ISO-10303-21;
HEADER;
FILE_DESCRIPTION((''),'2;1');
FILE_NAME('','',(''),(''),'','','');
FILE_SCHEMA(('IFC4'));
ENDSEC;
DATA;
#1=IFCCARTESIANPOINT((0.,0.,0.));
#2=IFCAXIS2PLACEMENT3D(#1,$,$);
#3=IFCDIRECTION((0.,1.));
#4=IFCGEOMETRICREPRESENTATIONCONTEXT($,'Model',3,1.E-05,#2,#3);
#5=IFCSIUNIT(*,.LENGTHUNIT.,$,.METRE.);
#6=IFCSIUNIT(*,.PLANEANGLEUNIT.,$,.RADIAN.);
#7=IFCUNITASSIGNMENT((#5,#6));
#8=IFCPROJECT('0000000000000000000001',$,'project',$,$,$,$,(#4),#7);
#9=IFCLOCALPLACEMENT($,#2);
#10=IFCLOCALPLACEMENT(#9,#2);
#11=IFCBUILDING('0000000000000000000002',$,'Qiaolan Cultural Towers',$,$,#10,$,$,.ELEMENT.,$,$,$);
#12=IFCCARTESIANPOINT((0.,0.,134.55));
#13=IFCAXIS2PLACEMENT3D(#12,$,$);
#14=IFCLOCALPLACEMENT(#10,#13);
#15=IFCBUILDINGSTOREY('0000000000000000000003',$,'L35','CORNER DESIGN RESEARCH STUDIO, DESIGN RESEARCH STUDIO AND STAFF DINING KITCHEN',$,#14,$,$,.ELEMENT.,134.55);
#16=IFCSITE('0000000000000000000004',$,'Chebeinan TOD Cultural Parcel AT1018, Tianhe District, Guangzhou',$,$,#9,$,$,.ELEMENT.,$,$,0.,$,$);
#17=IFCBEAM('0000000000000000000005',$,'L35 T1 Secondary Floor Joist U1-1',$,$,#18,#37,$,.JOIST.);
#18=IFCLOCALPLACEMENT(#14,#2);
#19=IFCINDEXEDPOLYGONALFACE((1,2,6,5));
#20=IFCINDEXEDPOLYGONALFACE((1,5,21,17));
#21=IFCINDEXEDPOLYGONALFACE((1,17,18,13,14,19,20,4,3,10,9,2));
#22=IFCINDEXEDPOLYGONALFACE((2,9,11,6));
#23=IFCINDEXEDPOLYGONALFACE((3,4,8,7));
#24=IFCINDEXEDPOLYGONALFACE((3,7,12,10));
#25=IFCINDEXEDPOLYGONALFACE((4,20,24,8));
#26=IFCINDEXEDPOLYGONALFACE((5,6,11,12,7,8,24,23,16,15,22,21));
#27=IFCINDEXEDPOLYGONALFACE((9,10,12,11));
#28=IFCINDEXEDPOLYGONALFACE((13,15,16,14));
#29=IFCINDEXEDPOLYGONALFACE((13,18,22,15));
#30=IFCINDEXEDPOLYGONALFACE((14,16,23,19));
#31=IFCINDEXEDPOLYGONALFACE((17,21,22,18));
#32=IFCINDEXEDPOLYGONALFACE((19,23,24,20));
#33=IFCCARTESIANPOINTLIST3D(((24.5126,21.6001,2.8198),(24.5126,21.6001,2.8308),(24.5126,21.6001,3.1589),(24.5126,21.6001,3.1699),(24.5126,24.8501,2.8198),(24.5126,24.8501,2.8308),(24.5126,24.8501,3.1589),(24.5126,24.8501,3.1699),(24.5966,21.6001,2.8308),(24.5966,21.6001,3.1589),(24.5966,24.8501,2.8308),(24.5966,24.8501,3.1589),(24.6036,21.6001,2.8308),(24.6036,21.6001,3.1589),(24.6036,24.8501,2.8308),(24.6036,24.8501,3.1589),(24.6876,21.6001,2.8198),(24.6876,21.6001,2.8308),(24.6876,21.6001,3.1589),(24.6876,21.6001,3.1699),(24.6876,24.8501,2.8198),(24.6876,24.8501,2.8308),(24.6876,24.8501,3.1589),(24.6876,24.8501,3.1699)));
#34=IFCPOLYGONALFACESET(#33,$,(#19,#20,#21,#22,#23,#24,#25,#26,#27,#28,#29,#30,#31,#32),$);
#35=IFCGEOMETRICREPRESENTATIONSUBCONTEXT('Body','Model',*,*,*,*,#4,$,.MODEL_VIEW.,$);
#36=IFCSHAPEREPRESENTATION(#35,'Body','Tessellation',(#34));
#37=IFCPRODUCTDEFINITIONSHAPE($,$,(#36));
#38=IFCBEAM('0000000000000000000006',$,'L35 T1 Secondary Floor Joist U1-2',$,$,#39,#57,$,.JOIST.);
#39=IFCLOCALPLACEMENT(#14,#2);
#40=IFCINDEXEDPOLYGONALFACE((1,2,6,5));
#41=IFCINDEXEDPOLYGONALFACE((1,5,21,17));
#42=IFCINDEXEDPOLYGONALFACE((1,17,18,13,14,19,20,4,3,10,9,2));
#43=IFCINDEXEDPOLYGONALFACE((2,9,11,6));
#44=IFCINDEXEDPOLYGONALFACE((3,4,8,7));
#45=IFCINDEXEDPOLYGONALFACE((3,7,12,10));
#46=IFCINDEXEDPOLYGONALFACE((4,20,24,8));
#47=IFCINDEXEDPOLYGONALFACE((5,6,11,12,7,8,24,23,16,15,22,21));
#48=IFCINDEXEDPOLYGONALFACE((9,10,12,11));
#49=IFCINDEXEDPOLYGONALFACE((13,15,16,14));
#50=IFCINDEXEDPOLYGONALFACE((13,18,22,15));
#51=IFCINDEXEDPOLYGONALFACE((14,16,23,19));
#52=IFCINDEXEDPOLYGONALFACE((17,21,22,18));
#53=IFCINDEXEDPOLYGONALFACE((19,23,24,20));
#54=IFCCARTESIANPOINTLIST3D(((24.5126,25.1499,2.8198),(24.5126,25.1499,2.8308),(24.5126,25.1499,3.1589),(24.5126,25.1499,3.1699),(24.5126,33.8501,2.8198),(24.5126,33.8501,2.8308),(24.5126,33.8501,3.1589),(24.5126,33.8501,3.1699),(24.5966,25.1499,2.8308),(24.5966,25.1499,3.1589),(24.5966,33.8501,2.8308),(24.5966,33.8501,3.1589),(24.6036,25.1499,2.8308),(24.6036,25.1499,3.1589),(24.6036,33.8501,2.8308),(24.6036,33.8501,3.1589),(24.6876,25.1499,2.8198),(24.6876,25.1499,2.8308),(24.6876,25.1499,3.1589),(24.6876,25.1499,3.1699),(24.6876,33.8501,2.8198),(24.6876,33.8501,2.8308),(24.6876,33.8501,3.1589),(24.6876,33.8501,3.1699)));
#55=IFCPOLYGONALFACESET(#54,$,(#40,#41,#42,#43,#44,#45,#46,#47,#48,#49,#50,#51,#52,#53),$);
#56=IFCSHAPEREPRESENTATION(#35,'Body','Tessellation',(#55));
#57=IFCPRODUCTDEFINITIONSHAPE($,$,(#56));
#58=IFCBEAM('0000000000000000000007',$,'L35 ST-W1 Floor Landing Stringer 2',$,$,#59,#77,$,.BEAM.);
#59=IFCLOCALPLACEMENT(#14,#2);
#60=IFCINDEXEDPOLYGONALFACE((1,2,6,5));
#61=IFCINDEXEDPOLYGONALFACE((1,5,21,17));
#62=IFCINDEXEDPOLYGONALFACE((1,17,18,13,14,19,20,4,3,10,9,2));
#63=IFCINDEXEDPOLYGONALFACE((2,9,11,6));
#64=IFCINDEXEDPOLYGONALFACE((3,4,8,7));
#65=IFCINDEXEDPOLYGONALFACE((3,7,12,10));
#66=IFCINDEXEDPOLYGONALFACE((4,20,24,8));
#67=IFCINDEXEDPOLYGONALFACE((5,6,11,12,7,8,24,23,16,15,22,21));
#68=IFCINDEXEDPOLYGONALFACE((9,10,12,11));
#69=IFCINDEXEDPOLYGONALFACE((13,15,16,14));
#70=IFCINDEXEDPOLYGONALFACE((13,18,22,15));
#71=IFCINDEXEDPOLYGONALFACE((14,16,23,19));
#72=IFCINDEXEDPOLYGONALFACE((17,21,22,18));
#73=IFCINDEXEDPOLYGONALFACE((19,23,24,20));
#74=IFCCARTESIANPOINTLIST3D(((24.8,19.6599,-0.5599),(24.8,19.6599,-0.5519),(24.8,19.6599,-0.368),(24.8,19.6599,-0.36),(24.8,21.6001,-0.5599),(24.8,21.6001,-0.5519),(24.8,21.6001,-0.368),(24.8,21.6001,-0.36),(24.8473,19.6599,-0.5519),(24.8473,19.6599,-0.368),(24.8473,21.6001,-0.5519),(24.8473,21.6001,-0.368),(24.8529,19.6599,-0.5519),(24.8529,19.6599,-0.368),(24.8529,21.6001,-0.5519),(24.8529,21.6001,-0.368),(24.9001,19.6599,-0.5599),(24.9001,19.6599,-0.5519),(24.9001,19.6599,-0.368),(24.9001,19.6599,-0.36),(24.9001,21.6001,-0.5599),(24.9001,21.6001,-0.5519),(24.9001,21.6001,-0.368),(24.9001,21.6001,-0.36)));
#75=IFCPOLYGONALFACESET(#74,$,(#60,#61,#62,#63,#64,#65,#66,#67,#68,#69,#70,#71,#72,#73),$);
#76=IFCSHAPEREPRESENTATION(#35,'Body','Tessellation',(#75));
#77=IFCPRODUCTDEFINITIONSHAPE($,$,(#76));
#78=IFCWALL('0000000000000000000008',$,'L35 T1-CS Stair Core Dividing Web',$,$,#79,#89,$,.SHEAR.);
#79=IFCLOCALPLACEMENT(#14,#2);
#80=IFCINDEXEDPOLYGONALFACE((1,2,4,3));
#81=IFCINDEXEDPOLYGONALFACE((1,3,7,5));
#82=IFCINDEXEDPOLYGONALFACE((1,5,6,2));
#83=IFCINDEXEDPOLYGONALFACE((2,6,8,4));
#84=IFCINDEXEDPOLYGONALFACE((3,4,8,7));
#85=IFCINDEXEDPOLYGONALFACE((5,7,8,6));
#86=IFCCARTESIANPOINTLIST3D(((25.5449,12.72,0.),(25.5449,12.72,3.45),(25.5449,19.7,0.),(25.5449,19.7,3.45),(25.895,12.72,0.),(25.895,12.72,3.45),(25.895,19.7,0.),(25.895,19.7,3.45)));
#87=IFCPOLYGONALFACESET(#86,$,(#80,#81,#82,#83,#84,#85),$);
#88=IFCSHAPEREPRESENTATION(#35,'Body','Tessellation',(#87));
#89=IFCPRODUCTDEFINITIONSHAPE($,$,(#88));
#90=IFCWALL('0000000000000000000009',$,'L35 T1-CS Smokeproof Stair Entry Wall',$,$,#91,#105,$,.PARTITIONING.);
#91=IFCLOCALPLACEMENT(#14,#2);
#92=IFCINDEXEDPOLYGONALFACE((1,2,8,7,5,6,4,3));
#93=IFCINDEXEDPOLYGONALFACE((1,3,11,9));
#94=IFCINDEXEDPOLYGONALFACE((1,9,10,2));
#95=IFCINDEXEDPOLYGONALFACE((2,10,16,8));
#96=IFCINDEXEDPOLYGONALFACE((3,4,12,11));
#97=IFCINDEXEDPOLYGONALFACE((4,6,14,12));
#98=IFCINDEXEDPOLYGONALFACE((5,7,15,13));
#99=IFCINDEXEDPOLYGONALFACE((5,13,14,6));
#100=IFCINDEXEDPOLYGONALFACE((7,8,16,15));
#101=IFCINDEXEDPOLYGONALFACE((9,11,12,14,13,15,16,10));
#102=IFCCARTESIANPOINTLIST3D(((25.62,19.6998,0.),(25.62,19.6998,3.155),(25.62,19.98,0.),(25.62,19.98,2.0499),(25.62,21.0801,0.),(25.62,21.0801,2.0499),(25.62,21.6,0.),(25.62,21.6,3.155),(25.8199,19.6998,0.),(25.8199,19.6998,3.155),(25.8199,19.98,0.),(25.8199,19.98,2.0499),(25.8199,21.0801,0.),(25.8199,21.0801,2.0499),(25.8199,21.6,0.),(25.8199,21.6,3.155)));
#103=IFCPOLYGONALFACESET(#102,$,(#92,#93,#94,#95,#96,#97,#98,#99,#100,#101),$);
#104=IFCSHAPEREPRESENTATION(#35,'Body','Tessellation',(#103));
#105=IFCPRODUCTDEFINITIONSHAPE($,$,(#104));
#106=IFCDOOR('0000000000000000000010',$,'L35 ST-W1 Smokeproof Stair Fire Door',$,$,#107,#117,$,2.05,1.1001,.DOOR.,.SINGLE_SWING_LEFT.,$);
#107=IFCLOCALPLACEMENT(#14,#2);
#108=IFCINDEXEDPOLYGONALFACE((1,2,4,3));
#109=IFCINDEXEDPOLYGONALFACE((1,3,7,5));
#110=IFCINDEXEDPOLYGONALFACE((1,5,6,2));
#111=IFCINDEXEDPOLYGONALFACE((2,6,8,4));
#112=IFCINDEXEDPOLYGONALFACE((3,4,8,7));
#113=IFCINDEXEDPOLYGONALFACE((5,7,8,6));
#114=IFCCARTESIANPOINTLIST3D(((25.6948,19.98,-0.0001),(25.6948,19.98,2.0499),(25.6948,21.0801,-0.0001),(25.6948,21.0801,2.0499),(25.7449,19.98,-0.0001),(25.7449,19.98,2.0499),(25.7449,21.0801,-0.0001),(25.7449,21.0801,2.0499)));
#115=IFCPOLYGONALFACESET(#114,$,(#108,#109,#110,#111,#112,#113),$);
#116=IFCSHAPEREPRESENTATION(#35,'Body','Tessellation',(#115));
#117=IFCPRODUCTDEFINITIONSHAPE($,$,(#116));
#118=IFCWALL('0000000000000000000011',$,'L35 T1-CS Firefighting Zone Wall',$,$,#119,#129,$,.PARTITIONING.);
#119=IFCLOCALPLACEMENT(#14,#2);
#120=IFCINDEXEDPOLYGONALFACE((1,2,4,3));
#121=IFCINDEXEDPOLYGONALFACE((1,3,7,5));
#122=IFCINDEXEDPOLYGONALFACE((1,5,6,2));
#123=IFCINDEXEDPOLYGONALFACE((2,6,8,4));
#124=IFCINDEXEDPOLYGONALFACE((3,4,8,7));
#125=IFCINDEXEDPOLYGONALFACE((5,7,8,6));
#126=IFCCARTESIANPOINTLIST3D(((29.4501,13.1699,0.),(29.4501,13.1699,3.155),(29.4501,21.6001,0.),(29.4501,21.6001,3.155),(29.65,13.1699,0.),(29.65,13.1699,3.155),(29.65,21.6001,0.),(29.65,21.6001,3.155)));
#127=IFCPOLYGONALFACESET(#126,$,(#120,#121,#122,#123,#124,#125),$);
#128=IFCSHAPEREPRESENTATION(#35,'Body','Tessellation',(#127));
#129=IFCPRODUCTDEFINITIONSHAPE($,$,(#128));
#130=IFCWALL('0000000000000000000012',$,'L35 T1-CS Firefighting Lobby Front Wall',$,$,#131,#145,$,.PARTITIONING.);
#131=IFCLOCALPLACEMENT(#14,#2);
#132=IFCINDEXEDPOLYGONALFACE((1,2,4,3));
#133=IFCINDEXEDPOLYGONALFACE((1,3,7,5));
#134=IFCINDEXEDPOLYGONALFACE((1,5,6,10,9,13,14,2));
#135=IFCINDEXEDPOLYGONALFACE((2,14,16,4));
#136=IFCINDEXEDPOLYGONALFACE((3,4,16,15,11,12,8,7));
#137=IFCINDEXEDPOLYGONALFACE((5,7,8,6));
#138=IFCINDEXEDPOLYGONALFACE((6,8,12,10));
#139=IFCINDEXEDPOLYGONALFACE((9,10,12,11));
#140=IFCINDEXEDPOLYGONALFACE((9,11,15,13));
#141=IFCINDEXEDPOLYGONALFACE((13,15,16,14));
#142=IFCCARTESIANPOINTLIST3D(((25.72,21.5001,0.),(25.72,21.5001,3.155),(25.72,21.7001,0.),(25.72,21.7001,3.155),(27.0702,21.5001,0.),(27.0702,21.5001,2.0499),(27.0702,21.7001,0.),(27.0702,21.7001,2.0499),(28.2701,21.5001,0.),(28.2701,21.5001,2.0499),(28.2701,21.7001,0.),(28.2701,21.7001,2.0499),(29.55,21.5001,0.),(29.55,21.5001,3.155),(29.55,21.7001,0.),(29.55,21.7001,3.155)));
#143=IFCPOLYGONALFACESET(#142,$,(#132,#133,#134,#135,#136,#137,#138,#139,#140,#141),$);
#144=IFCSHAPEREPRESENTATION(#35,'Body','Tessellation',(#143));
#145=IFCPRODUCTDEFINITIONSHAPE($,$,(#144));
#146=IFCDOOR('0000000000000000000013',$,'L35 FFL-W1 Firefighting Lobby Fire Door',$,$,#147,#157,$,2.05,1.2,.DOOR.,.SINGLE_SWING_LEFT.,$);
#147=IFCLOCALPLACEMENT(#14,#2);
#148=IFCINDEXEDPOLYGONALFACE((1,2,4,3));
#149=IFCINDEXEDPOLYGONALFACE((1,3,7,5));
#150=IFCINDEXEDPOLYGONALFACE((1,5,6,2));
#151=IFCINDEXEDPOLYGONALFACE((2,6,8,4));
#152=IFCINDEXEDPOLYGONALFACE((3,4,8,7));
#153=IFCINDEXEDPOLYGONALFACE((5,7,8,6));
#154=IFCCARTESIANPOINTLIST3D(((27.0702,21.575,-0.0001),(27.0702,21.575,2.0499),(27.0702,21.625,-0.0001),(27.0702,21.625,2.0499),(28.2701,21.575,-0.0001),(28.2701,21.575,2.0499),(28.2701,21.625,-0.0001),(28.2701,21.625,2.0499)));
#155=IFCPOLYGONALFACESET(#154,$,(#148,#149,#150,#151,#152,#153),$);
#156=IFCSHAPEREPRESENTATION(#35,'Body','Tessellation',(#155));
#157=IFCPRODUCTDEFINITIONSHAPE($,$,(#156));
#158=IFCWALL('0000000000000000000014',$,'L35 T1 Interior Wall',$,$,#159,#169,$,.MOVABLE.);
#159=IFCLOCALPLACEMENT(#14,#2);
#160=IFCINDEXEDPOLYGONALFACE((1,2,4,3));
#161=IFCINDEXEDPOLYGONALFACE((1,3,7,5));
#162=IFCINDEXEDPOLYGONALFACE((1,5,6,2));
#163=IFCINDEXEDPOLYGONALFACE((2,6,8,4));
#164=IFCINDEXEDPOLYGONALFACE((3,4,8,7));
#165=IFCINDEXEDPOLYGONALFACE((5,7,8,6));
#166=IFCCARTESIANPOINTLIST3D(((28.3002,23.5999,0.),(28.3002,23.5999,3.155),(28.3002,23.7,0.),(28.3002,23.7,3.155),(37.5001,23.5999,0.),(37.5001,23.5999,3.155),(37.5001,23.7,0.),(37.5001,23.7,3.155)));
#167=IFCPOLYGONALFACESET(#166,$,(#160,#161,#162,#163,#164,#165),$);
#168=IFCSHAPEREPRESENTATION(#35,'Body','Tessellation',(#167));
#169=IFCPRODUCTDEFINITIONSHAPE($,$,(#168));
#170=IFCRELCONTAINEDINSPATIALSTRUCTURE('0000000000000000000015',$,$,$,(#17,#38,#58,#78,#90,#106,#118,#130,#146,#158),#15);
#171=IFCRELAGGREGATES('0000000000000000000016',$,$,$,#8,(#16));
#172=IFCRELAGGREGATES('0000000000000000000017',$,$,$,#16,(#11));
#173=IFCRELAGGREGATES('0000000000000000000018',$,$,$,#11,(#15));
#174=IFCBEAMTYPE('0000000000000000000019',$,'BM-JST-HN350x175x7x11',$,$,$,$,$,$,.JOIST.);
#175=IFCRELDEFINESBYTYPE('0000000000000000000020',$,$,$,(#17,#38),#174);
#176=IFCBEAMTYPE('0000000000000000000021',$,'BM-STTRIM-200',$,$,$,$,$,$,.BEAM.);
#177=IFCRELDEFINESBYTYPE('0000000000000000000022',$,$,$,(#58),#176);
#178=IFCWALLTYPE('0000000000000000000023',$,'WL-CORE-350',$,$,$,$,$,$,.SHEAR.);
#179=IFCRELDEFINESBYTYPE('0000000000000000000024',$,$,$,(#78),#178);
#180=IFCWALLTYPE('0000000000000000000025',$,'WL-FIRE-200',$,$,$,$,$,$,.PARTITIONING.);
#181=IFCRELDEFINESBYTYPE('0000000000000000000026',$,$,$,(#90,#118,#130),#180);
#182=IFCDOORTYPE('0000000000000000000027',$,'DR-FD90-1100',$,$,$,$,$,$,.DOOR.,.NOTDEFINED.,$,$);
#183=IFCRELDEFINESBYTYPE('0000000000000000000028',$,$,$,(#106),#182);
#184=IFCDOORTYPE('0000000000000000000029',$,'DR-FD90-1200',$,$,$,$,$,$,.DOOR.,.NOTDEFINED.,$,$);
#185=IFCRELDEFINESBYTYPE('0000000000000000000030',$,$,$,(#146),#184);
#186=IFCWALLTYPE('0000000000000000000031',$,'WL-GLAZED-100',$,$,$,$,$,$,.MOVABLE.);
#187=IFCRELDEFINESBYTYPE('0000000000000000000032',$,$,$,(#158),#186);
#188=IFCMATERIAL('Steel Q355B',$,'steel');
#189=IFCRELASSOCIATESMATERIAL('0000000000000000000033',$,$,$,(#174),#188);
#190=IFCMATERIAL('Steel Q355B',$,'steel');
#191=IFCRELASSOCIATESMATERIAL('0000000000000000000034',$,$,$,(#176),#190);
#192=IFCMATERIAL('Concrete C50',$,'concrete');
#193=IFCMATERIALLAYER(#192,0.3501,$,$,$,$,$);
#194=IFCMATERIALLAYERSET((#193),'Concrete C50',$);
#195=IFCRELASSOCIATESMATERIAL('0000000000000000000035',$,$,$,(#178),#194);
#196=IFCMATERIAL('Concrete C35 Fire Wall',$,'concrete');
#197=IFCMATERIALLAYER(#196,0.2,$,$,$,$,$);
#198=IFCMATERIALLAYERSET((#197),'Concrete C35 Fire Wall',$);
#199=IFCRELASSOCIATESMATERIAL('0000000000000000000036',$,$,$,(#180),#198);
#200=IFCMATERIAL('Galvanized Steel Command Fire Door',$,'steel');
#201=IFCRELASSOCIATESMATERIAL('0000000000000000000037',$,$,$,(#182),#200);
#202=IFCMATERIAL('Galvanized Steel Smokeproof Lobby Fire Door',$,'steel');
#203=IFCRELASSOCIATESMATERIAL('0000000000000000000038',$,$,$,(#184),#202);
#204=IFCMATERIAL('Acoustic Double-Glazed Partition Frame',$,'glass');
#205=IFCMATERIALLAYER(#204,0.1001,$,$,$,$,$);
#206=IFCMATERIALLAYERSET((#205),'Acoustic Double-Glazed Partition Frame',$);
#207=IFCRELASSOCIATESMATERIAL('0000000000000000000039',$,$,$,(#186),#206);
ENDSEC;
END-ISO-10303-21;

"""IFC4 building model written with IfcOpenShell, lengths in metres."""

from ifc_helpers import new_model, si_unit, direction, frame, frame_2d, origin, origin_2d, place, context, subcontext, project, spatial, rectangle, i_section, extrude, material, layer, layer_set, material_profile, profile_set, type_object, element, fill, save


model = new_model("IFC4")

# Units and contexts
model_context = context("Model", 3, precision=1e-05, world=origin(), true_north=direction((0.0, 1.0)))
body_context = subcontext(model_context, "Body", "Model", "MODEL_VIEW")
ifc_project = project(units=[si_unit("LENGTHUNIT", "METRE"), si_unit("PLANEANGLEUNIT", "RADIAN")], contexts=[model_context])

# Site, building, storey
site_placement = place(None, origin())
site = spatial("IfcSite", under=ifc_project, at=site_placement, Name="Chebeinan TOD Cultural Parcel AT1018, Tianhe District, Guangzhou", CompositionType="ELEMENT", RefElevation=0.0)
building_placement = place(site_placement, origin())
building = spatial("IfcBuilding", under=site, at=building_placement, Name="Qiaolan Cultural Towers", CompositionType="ELEMENT")
storey_placement = place(building_placement, frame((0.0, 0.0, 134.55)))
storey = spatial("IfcBuildingStorey", under=building, at=storey_placement, Name="L35", Description="CORNER DESIGN RESEARCH STUDIO, DESIGN RESEARCH STUDIO AND STAFF DINING KITCHEN", CompositionType="ELEMENT", Elevation=134.55)

# Beams
ifc_material_1 = material(Name="Steel Q355B", Category="steel")
ifc_material_profile_1 = material_profile(ifc_material_1, i_section(OverallWidth=0.175, OverallDepth=0.3501, WebThickness=0.0071, FlangeThickness=0.011, at=origin_2d()), Name="HN350x175x7x11")
ifc_profile_set_1 = profile_set([ifc_material_profile_1], Name="Steel Q355B")
beam_type_1 = type_object("IfcBeamType", Name="BM-JST-HN350x175x7x11", PredefinedType="JOIST", material=ifc_profile_set_1)
beam_1_placement = place(storey_placement, frame((24.6001, 21.6001, 2.9949), z_axis=(0.0, 1.0, 0.0), x_axis=(-1.0, 0.0, 0.0)))
element("IfcBeam", 1, at=beam_1_placement, inside=storey, type_object=beam_type_1, Name="L35 T1 Secondary Floor Joist U1-1", PredefinedType="JOIST", context=body_context, shape_type="SweptSolid", body=[
    extrude(i_section(OverallWidth=0.175, OverallDepth=0.3501, WebThickness=0.0071, FlangeThickness=0.011, at=origin_2d()), origin(), (0.0, 0.0, 1.0), 3.25),
])
beam_2_placement = place(storey_placement, frame((24.6001, 25.1499, 2.9949), z_axis=(0.0, 1.0, 0.0), x_axis=(-1.0, 0.0, 0.0)))
element("IfcBeam", 2, at=beam_2_placement, inside=storey, type_object=beam_type_1, Name="L35 T1 Secondary Floor Joist U1-2", PredefinedType="JOIST", context=body_context, shape_type="SweptSolid", body=[
    extrude(i_section(OverallWidth=0.175, OverallDepth=0.3501, WebThickness=0.0071, FlangeThickness=0.011, at=origin_2d()), origin(), (0.0, 0.0, 1.0), 8.7002),
])
ifc_material_2 = material(Name="Steel Q355B", Category="steel")
ifc_material_profile_2 = material_profile(ifc_material_2, i_section(OverallWidth=0.1001, OverallDepth=0.2, WebThickness=0.0056, FlangeThickness=0.0081, at=origin_2d()), Name="HN200x100x5.5x8")
ifc_profile_set_2 = profile_set([ifc_material_profile_2], Name="Steel Q355B")
beam_type_2 = type_object("IfcBeamType", Name="BM-STTRIM-200", PredefinedType="BEAM", material=ifc_profile_set_2)
beam_3_placement = place(storey_placement, frame((24.8501, 21.6001, -0.46), z_axis=(0.0, -1.0, 0.0), x_axis=(1.0, 0.0, 0.0)))
element("IfcBeam", 3, at=beam_3_placement, inside=storey, type_object=beam_type_2, Name="L35 ST-W1 Floor Landing Stringer 2", PredefinedType="BEAM", context=body_context, shape_type="SweptSolid", body=[
    extrude(i_section(OverallWidth=0.1001, OverallDepth=0.2, WebThickness=0.0056, FlangeThickness=0.0081, at=origin_2d()), origin(), (0.0, 0.0, 1.0), 1.9402),
])

# Wall
ifc_material_3 = material(Name="Concrete C50", Category="concrete")
ifc_layer_1 = layer(ifc_material_3, 0.3501)
ifc_layer_set_1 = layer_set([ifc_layer_1], Name="Concrete C50")
wall_type_1 = type_object("IfcWallType", Name="WL-CORE-350", PredefinedType="SHEAR", material=ifc_layer_set_1)
wall_1_placement = place(storey_placement, frame((25.72, 19.7, 0.0), z_axis=(0.0, 0.0, 1.0), x_axis=(0.0, -1.0, 0.0)))
element("IfcWall", 4, at=wall_1_placement, inside=storey, type_object=wall_type_1, Name="L35 T1-CS Stair Core Dividing Web", PredefinedType="SHEAR", context=body_context, shape_type="SweptSolid", body=[
    extrude(rectangle(XDim=6.98, YDim=0.3501, at=frame_2d((3.49, 0.0))), origin(), (0.0, 0.0, 1.0), 3.45),
])

# Wall, opening, door
ifc_material_4 = material(Name="Concrete C35 Fire Wall", Category="concrete")
ifc_layer_2 = layer(ifc_material_4, 0.2)
ifc_layer_set_2 = layer_set([ifc_layer_2], Name="Concrete C35 Fire Wall")
wall_type_2 = type_object("IfcWallType", Name="WL-FIRE-200", PredefinedType="PARTITIONING", material=ifc_layer_set_2)
wall_2_placement = place(storey_placement, frame((25.72, 21.6001, 0.0), z_axis=(0.0, 0.0, 1.0), x_axis=(0.0, -1.0, 0.0)))
wall_2 = element("IfcWall", 5, at=wall_2_placement, inside=storey, type_object=wall_type_2, Name="L35 T1-CS Smokeproof Stair Entry Wall", PredefinedType="PARTITIONING", context=body_context, shape_type="SweptSolid", body=[
    extrude(rectangle(XDim=1.9001, YDim=0.2, at=frame_2d((0.9502, 0.0))), origin(), (0.0, 0.0, 1.0), 3.155),
])
opening_1_placement = place(wall_2_placement, frame((0.52, 0.0, 0.0)))
opening_1 = element("IfcOpeningElement", 6, at=opening_1_placement, cuts=wall_2, PredefinedType="OPENING", context=body_context, shape_type="SweptSolid", body=[
    extrude(rectangle(XDim=1.1001, YDim=2.05, at=frame_2d((0.55, 1.0249))), frame((0.0, 0.1099, 0.0), z_axis=(0.0, -1.0, 0.0), x_axis=(1.0, 0.0, 0.0)), (0.0, 0.0, 1.0), 0.22),
])
ifc_material_5 = material(Name="Galvanized Steel Command Fire Door", Category="steel")
door_type_1 = type_object("IfcDoorType", Name="DR-FD90-1100", OperationType="NOTDEFINED", PredefinedType="DOOR", material=ifc_material_5)
door_1_placement = place(opening_1_placement, origin())
door_1 = element("IfcDoor", 7, at=door_1_placement, inside=storey, type_object=door_type_1, Name="L35 ST-W1 Smokeproof Stair Fire Door", OperationType="SINGLE_SWING_LEFT", OverallHeight=2.05, OverallWidth=1.1001, PredefinedType="DOOR", context=body_context, shape_type="SweptSolid", body=[
    extrude(rectangle(XDim=1.1001, YDim=2.05, at=frame_2d((0.55, 1.0249))), frame((0.0, 0.0249, 0.0), z_axis=(0.0, -1.0, 0.0), x_axis=(1.0, 0.0, 0.0)), (0.0, 0.0, 1.0), 0.05),
])
fill(opening_1, door_1)

# Wall
wall_3_placement = place(storey_placement, frame((29.55, 21.6001, 0.0), z_axis=(0.0, 0.0, 1.0), x_axis=(0.0, -1.0, 0.0)))
element("IfcWall", 8, at=wall_3_placement, inside=storey, type_object=wall_type_2, Name="L35 T1-CS Firefighting Zone Wall", PredefinedType="PARTITIONING", context=body_context, shape_type="SweptSolid", body=[
    extrude(rectangle(XDim=8.4302, YDim=0.2, at=frame_2d((4.2151, 0.0))), origin(), (0.0, 0.0, 1.0), 3.155),
])

# Wall, opening, door
wall_4_placement = place(storey_placement, frame((25.72, 21.6001, 0.0), z_axis=(0.0, 0.0, 1.0), x_axis=(1.0, 0.0, 0.0)))
wall_4 = element("IfcWall", 9, at=wall_4_placement, inside=storey, type_object=wall_type_2, Name="L35 T1-CS Firefighting Lobby Front Wall", PredefinedType="PARTITIONING", context=body_context, shape_type="SweptSolid", body=[
    extrude(rectangle(XDim=3.8301, YDim=0.2, at=frame_2d((1.915, 0.0))), origin(), (0.0, 0.0, 1.0), 3.155),
])
opening_2_placement = place(wall_4_placement, frame((1.3501, 0.0, 0.0)))
opening_2 = element("IfcOpeningElement", 10, at=opening_2_placement, cuts=wall_4, PredefinedType="OPENING", context=body_context, shape_type="SweptSolid", body=[
    extrude(rectangle(XDim=1.2, YDim=2.05, at=frame_2d((0.6001, 1.0249))), frame((0.0, 0.1099, 0.0), z_axis=(0.0, -1.0, 0.0), x_axis=(1.0, 0.0, 0.0)), (0.0, 0.0, 1.0), 0.22),
])
ifc_material_6 = material(Name="Galvanized Steel Smokeproof Lobby Fire Door", Category="steel")
door_type_2 = type_object("IfcDoorType", Name="DR-FD90-1200", OperationType="NOTDEFINED", PredefinedType="DOOR", material=ifc_material_6)
door_2_placement = place(opening_2_placement, origin())
door_2 = element("IfcDoor", 11, at=door_2_placement, inside=storey, type_object=door_type_2, Name="L35 FFL-W1 Firefighting Lobby Fire Door", OperationType="SINGLE_SWING_LEFT", OverallHeight=2.05, OverallWidth=1.2, PredefinedType="DOOR", context=body_context, shape_type="SweptSolid", body=[
    extrude(rectangle(XDim=1.2, YDim=2.05, at=frame_2d((0.6001, 1.0249))), frame((0.0, 0.0249, 0.0), z_axis=(0.0, -1.0, 0.0), x_axis=(1.0, 0.0, 0.0)), (0.0, 0.0, 1.0), 0.05),
])
fill(opening_2, door_2)

# Wall
ifc_material_7 = material(Name="Acoustic Double-Glazed Partition Frame", Category="glass")
ifc_layer_3 = layer(ifc_material_7, 0.1001)
ifc_layer_set_3 = layer_set([ifc_layer_3], Name="Acoustic Double-Glazed Partition Frame")
wall_type_3 = type_object("IfcWallType", Name="WL-GLAZED-100", PredefinedType="MOVABLE", material=ifc_layer_set_3)
wall_5_placement = place(storey_placement, frame((28.3, 23.6499, 0.0), z_axis=(0.0, 0.0, 1.0), x_axis=(1.0, 0.0, 0.0)))
element("IfcWall", 12, at=wall_5_placement, inside=storey, type_object=wall_type_3, Name="L35 T1 Interior Wall", PredefinedType="MOVABLE", context=body_context, shape_type="SweptSolid", body=[
    extrude(rectangle(XDim=9.2, YDim=0.1001, at=frame_2d((4.6001, 0.0))), origin(), (0.0, 0.0, 1.0), 3.155),
])

save(model, "model.ifc")
